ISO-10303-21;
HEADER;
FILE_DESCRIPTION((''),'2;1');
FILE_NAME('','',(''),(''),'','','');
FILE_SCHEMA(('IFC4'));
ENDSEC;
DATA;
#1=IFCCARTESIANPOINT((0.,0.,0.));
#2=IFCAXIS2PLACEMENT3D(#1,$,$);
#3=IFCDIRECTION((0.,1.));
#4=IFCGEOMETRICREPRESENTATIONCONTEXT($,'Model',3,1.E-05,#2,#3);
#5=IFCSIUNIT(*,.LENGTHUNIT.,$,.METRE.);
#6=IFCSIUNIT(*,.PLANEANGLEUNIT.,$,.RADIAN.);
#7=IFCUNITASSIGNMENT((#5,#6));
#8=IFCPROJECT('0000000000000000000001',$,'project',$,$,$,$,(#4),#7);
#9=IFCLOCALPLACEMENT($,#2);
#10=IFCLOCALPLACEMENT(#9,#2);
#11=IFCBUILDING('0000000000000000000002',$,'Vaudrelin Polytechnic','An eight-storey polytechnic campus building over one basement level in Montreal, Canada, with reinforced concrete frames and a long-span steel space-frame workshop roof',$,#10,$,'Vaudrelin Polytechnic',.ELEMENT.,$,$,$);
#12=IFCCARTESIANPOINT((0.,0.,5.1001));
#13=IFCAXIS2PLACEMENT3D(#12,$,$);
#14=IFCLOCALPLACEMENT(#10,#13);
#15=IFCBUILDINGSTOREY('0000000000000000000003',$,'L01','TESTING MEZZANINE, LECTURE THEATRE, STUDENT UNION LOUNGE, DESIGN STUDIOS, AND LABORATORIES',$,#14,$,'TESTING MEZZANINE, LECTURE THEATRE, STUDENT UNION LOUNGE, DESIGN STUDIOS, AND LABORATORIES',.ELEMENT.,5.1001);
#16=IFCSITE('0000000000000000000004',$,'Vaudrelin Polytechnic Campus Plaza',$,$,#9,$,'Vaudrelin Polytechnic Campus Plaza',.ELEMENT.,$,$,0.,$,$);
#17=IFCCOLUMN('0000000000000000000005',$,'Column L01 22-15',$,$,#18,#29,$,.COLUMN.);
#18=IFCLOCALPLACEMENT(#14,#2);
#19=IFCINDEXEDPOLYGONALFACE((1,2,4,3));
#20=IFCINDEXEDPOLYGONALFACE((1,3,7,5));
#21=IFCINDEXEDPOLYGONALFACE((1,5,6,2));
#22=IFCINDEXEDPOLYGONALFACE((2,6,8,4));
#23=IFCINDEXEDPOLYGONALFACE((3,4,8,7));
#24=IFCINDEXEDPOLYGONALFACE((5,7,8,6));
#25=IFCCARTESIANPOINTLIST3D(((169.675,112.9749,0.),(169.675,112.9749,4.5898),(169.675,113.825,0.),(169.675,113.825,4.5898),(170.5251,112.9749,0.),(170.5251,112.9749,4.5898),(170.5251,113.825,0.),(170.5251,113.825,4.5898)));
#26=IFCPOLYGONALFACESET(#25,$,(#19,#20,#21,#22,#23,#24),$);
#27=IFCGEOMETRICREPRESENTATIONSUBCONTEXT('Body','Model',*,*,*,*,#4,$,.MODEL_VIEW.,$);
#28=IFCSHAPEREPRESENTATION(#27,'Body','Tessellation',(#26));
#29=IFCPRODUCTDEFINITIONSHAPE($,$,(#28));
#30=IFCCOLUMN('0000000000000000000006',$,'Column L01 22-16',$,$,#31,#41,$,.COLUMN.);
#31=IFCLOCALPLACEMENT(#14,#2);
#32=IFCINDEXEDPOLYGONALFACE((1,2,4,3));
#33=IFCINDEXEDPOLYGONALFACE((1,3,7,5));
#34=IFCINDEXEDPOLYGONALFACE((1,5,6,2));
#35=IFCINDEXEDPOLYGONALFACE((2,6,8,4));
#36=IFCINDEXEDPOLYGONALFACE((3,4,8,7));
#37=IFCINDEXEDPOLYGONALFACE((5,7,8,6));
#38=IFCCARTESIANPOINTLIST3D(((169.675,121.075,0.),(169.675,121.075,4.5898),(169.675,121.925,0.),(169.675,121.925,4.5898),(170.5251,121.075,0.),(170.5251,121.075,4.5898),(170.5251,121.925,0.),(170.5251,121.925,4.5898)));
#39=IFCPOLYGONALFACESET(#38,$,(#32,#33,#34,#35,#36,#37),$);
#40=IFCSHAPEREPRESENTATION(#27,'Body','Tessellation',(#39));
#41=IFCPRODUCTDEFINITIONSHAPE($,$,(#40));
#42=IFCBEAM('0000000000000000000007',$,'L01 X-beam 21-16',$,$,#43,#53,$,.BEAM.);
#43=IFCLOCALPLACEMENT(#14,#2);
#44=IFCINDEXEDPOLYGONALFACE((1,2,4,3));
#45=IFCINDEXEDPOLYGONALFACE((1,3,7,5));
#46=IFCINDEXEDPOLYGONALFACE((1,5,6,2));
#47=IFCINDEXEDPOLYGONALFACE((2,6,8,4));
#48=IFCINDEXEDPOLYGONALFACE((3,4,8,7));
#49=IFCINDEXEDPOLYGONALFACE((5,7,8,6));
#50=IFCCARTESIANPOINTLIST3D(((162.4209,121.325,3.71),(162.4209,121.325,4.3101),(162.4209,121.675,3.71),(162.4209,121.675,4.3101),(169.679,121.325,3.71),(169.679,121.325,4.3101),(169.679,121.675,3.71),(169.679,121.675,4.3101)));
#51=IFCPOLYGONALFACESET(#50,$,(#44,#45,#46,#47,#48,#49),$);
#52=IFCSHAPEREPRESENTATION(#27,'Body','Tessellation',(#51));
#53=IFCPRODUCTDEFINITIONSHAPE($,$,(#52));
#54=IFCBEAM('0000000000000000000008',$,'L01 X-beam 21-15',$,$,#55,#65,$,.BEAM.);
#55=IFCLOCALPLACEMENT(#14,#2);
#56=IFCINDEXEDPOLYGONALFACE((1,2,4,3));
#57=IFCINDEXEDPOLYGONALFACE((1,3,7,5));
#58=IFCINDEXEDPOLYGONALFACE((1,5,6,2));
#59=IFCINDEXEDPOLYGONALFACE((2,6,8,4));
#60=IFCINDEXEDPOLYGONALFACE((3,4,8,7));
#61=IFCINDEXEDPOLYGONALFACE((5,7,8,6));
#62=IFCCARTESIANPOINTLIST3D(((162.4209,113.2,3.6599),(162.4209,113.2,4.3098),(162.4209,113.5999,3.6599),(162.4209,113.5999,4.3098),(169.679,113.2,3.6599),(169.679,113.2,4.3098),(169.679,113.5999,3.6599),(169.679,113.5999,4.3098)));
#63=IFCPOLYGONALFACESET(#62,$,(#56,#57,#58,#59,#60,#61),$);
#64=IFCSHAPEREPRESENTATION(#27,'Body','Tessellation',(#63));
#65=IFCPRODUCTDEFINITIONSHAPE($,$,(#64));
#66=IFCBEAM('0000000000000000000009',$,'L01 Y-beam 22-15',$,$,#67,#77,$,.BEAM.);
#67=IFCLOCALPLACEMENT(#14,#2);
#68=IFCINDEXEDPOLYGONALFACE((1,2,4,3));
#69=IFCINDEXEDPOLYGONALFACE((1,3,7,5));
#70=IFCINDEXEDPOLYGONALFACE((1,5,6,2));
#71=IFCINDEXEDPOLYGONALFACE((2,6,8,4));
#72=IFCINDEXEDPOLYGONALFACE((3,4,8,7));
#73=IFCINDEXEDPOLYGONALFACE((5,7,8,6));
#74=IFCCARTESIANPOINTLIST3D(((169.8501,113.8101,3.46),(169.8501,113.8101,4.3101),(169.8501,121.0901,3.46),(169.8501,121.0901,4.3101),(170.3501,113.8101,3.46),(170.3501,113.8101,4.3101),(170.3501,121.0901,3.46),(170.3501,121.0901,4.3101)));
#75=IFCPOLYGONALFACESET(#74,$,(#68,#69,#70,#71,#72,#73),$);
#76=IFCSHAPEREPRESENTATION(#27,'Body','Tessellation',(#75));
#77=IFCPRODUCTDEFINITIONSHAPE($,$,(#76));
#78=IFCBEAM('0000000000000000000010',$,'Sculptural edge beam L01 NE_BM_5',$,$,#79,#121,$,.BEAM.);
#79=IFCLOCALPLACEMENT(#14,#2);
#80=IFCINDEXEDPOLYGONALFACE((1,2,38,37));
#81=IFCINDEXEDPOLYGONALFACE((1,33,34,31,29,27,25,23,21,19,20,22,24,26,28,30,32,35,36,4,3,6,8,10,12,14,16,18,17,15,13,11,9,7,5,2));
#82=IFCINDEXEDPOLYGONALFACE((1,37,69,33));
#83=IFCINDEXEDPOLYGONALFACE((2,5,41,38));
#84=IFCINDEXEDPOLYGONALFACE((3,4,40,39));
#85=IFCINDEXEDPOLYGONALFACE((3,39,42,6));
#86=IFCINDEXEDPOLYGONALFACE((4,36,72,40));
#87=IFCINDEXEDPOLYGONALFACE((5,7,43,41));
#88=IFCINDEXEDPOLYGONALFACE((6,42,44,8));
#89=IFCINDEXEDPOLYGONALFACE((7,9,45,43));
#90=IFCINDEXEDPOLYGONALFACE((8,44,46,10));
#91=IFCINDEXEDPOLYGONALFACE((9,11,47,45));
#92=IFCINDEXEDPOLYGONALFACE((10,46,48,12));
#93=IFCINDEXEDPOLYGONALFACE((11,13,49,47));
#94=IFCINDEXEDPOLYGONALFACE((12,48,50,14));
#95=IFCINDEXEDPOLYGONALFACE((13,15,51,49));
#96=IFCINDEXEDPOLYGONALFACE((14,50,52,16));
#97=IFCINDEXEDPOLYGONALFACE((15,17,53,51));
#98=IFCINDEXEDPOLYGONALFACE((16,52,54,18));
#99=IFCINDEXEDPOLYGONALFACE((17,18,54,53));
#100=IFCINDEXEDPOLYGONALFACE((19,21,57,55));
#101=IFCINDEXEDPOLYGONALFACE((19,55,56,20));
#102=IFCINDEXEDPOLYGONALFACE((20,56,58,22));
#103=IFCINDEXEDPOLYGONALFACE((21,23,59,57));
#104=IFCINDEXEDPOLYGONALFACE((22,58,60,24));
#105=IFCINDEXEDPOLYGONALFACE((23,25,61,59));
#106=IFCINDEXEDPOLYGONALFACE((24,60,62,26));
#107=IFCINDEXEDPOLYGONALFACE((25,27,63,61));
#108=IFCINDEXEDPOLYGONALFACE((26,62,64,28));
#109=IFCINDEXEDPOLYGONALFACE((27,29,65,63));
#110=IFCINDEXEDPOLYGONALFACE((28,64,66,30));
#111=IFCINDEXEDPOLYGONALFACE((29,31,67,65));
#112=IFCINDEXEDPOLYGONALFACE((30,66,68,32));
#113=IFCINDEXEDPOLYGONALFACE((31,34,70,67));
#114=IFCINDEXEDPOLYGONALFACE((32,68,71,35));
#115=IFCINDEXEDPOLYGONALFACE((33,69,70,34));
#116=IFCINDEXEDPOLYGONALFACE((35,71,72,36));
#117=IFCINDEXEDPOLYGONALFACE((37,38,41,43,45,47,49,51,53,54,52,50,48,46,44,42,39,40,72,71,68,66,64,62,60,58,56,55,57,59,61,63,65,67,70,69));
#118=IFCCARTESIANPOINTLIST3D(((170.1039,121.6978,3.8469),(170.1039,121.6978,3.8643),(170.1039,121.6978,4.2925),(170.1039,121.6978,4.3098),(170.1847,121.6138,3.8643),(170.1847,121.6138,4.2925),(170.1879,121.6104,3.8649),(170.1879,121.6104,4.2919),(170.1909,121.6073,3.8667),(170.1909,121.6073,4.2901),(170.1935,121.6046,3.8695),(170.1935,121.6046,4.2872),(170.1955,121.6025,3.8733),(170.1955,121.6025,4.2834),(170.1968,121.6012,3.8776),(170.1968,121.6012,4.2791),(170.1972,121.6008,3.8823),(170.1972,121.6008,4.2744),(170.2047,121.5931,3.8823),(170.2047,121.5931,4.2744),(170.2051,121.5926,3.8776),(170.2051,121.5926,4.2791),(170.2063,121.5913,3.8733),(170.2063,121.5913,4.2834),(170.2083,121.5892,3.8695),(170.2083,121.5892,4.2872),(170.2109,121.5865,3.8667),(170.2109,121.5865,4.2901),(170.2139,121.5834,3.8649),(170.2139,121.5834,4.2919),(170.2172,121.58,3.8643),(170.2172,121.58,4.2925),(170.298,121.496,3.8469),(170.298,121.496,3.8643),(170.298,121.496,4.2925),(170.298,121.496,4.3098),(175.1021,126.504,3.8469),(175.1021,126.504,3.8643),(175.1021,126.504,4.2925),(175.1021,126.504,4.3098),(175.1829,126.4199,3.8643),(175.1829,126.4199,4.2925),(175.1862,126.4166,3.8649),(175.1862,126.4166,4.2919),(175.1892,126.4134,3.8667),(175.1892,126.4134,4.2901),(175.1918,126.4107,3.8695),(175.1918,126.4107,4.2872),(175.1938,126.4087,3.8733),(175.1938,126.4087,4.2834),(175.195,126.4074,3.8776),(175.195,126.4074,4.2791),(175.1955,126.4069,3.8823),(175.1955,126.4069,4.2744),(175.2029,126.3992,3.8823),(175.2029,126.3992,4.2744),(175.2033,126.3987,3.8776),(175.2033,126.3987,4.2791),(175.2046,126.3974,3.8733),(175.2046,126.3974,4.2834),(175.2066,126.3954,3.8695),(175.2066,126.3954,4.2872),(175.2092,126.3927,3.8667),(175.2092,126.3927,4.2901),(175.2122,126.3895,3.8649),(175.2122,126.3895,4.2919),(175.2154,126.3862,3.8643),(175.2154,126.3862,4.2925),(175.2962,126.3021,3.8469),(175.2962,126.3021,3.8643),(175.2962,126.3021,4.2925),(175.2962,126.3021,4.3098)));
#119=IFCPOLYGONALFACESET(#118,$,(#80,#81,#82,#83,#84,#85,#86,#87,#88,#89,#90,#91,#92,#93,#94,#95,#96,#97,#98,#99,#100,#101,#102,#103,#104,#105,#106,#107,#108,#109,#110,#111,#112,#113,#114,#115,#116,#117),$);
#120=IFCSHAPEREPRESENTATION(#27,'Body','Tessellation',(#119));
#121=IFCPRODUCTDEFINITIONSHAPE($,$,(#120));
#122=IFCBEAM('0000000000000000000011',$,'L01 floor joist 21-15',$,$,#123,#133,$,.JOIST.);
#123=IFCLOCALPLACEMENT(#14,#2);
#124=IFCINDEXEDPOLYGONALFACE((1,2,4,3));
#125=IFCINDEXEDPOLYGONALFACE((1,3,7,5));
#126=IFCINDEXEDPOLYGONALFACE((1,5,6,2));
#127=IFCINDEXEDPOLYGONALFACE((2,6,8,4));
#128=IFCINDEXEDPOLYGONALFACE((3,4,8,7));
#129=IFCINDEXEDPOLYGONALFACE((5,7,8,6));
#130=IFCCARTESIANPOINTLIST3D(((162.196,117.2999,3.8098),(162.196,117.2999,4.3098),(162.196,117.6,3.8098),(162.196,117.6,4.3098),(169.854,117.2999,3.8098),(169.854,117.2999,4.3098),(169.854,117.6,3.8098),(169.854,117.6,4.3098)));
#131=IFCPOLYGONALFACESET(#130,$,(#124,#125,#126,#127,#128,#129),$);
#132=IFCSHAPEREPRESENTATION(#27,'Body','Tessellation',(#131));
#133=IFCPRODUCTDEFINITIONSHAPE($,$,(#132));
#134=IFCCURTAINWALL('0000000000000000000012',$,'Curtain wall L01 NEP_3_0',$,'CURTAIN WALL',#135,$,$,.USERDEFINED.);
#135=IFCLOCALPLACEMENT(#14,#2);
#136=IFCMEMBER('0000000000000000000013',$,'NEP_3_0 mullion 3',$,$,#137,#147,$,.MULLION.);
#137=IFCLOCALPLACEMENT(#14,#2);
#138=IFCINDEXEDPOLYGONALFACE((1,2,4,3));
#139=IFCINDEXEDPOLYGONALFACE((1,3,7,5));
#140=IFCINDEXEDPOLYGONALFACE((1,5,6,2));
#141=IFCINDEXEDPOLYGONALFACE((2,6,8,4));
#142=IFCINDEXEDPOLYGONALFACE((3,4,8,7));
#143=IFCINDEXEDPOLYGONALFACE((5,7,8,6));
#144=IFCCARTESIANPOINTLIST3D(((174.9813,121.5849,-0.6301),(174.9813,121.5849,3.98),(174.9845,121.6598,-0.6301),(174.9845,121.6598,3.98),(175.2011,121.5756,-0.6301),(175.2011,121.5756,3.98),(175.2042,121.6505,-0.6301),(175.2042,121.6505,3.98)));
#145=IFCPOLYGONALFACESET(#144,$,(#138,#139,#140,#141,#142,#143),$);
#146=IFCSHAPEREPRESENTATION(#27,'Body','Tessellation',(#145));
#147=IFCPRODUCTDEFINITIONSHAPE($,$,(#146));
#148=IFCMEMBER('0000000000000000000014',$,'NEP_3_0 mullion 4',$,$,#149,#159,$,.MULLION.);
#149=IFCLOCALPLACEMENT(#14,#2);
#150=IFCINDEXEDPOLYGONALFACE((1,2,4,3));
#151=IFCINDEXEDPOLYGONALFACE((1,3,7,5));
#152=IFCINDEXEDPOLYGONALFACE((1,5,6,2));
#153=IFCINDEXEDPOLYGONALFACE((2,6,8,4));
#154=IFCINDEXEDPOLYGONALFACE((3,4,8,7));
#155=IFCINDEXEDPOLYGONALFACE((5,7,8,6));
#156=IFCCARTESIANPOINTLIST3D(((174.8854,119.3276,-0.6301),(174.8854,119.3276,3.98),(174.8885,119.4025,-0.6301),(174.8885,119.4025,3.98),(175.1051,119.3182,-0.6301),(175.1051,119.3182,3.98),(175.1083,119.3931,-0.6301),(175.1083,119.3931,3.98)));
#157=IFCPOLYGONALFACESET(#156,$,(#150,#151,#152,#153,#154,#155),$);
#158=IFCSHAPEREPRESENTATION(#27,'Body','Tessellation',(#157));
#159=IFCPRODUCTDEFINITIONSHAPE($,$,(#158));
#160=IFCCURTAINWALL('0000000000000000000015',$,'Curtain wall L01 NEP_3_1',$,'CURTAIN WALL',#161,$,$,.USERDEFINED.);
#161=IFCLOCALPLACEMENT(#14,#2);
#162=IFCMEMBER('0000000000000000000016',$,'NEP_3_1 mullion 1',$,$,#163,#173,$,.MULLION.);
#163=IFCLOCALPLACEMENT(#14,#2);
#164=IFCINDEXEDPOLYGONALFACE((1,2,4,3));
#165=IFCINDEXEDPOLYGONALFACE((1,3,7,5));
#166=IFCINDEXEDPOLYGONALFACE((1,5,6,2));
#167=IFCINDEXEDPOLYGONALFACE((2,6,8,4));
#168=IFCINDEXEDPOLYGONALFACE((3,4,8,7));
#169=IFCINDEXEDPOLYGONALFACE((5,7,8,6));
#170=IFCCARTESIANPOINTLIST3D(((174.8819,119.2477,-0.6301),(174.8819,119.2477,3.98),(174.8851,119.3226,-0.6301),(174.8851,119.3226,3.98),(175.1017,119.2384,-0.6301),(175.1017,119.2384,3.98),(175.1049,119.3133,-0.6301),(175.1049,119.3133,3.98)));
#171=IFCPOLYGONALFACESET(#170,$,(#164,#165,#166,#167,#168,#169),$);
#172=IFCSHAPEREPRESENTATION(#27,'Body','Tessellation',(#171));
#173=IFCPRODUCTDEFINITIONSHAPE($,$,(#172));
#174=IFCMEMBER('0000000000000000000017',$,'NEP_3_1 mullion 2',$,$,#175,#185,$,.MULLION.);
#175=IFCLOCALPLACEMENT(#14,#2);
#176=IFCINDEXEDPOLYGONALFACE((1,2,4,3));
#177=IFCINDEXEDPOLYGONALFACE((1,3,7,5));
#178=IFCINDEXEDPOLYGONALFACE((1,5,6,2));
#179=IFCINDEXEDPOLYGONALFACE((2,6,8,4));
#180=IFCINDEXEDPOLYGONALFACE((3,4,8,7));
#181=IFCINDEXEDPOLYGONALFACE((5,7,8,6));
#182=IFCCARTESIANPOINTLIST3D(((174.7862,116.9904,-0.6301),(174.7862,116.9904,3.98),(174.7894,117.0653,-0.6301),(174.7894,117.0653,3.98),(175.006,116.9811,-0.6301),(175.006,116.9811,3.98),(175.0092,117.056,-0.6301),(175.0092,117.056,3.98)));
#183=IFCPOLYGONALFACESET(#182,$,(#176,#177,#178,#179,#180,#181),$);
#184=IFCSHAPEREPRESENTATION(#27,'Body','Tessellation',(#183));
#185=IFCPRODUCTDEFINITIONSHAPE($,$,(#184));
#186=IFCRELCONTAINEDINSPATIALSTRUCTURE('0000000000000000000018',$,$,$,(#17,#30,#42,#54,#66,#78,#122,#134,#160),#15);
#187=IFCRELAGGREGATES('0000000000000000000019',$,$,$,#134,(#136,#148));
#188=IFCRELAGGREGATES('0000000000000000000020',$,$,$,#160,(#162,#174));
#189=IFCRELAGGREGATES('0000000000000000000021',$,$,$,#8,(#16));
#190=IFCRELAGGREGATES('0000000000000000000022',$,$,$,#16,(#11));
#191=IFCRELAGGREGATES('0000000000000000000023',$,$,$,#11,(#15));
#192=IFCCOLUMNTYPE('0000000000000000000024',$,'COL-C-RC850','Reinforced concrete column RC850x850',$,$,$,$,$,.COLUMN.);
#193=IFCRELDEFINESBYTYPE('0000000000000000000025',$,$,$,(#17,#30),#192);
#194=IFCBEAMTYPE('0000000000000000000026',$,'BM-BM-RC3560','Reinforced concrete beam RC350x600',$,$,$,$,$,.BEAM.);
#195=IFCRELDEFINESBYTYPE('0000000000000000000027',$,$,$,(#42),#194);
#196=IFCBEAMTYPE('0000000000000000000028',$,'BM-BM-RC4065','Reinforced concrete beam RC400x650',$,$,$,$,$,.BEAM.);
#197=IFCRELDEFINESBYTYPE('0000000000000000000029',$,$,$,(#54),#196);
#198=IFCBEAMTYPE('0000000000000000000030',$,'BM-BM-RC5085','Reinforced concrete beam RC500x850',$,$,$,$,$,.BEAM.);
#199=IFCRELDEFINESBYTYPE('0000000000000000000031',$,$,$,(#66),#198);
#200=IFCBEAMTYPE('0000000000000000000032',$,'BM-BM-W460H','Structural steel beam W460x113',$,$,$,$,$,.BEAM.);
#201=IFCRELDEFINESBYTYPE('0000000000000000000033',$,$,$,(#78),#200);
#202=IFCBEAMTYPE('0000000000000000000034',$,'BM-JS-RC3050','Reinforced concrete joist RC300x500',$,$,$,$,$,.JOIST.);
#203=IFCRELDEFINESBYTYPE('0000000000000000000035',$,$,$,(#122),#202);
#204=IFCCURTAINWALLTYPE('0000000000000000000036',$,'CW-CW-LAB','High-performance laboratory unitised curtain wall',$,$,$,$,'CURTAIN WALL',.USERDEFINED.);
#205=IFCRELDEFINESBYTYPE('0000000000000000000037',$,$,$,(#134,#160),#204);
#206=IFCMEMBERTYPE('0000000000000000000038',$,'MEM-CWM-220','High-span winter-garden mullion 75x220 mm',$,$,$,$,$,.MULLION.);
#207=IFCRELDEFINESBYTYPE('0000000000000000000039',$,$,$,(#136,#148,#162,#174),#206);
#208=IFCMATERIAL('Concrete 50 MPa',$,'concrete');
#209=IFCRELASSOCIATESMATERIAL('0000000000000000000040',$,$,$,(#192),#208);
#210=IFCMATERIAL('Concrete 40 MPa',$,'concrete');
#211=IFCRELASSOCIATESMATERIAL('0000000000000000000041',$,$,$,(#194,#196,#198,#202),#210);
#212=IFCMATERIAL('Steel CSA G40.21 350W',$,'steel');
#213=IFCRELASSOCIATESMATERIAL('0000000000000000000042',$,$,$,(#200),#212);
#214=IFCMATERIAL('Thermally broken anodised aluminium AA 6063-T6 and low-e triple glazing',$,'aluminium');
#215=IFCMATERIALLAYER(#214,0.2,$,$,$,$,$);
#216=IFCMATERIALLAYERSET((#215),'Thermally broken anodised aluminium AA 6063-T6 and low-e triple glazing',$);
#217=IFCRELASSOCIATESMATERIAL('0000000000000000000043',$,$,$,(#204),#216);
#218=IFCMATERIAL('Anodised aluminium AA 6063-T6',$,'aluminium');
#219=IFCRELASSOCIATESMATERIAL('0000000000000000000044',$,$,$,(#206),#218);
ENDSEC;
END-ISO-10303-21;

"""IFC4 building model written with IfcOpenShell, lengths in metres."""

from ifc_helpers import new_model, si_unit, direction, frame, origin, origin_2d, place, context, subcontext, project, spatial, rectangle, i_section, extrude, material, layer, layer_set, material_profile, profile_set, type_object, element, aggregate, save


model = new_model("IFC4")

# Units and contexts
model_context = context("Model", 3, precision=1e-05, world=origin(), true_north=direction((0.0, 1.0)))
body_context = subcontext(model_context, "Body", "Model", "MODEL_VIEW")
ifc_project = project(units=[si_unit("LENGTHUNIT", "METRE"), si_unit("PLANEANGLEUNIT", "RADIAN")], contexts=[model_context])

# Site, building, storey
site_placement = place(None, origin())
site = spatial("IfcSite", under=ifc_project, at=site_placement, Name="Vaudrelin Polytechnic Campus Plaza", LongName="Vaudrelin Polytechnic Campus Plaza", CompositionType="ELEMENT", RefElevation=0.0)
building_placement = place(site_placement, origin())
building = spatial("IfcBuilding", under=site, at=building_placement, Name="Vaudrelin Polytechnic", Description="An eight-storey polytechnic campus building over one basement level in Montreal, Canada, with reinforced concrete frames and a long-span steel space-frame workshop roof", LongName="Vaudrelin Polytechnic", CompositionType="ELEMENT")
storey_placement = place(building_placement, frame((0.0, 0.0, 5.1001)))
storey = spatial("IfcBuildingStorey", under=building, at=storey_placement, Name="L01", Description="TESTING MEZZANINE, LECTURE THEATRE, STUDENT UNION LOUNGE, DESIGN STUDIOS, AND LABORATORIES", LongName="TESTING MEZZANINE, LECTURE THEATRE, STUDENT UNION LOUNGE, DESIGN STUDIOS, AND LABORATORIES", CompositionType="ELEMENT", Elevation=5.1001)

# Columns
ifc_material_1 = material(Name="Concrete 50 MPa", Category="concrete")
ifc_material_profile_1 = material_profile(ifc_material_1, rectangle(XDim=0.8501, YDim=0.8501, at=origin_2d()), Name="RC850x850")
ifc_profile_set_1 = profile_set([ifc_material_profile_1], Name="Concrete 50 MPa")
column_type = type_object("IfcColumnType", Name="COL-C-RC850", Description="Reinforced concrete column RC850x850", PredefinedType="COLUMN", material=ifc_profile_set_1)
for number, where, z_axis, x_axis, name in (
    (1, (170.1001, 113.3999, 0.0), (0.0, 0.0, 1.0), (1.0, 0.0, 0.0), "Column L01 22-15"),
    (2, (170.1001, 121.5, 0.0), (0.0, 0.0, 1.0), (1.0, 0.0, 0.0), "Column L01 22-16"),
):
    element("IfcColumn", number, at=place(storey_placement, frame(where, z_axis=z_axis, x_axis=x_axis)), inside=storey, type_object=column_type, Name=name, PredefinedType="COLUMN", context=body_context, shape_type="SweptSolid", body=[
        extrude(rectangle(XDim=0.8501, YDim=0.8501, at=origin_2d()), origin(), (0.0, 0.0, 1.0), 4.5898),
    ])

# Beams
ifc_material_2 = material(Name="Concrete 40 MPa", Category="concrete")
ifc_material_profile_2 = material_profile(ifc_material_2, rectangle(XDim=0.3501, YDim=0.6001, at=origin_2d()), Name="RC350x600")
ifc_profile_set_2 = profile_set([ifc_material_profile_2], Name="Concrete 40 MPa")
beam_type_1 = type_object("IfcBeamType", Name="BM-BM-RC3560", Description="Reinforced concrete beam RC350x600", PredefinedType="BEAM", material=ifc_profile_set_2)
beam_1_placement = place(storey_placement, frame((162.4209, 121.5, 4.01), z_axis=(1.0, 0.0, 0.0), x_axis=(0.0, 1.0, 0.0)))
element("IfcBeam", 3, at=beam_1_placement, inside=storey, type_object=beam_type_1, Name="L01 X-beam 21-16", PredefinedType="BEAM", context=body_context, shape_type="SweptSolid", body=[
    extrude(rectangle(XDim=0.3501, YDim=0.6001, at=origin_2d()), origin(), (0.0, 0.0, 1.0), 7.2581),
])
ifc_material_profile_3 = material_profile(ifc_material_2, rectangle(XDim=0.3999, YDim=0.6499, at=origin_2d()), Name="RC400x650")
ifc_profile_set_3 = profile_set([ifc_material_profile_3], Name="Concrete 40 MPa")
beam_type_2 = type_object("IfcBeamType", Name="BM-BM-RC4065", Description="Reinforced concrete beam RC400x650", PredefinedType="BEAM", material=ifc_profile_set_3)
beam_2_placement = place(storey_placement, frame((162.4209, 113.3999, 3.9849), z_axis=(1.0, 0.0, 0.0), x_axis=(0.0, 1.0, 0.0)))
element("IfcBeam", 4, at=beam_2_placement, inside=storey, type_object=beam_type_2, Name="L01 X-beam 21-15", PredefinedType="BEAM", context=body_context, shape_type="SweptSolid", body=[
    extrude(rectangle(XDim=0.3999, YDim=0.6499, at=origin_2d()), origin(), (0.0, 0.0, 1.0), 7.2581),
])
ifc_material_profile_4 = material_profile(ifc_material_2, rectangle(XDim=0.5, YDim=0.8501, at=origin_2d()), Name="RC500x850")
ifc_profile_set_4 = profile_set([ifc_material_profile_4], Name="Concrete 40 MPa")
beam_type_3 = type_object("IfcBeamType", Name="BM-BM-RC5085", Description="Reinforced concrete beam RC500x850", PredefinedType="BEAM", material=ifc_profile_set_4)
beam_3_placement = place(storey_placement, frame((170.1001, 113.8101, 3.885), z_axis=(0.0, 1.0, 0.0), x_axis=(-1.0, 0.0, 0.0)))
element("IfcBeam", 5, at=beam_3_placement, inside=storey, type_object=beam_type_3, Name="L01 Y-beam 22-15", PredefinedType="BEAM", context=body_context, shape_type="SweptSolid", body=[
    extrude(rectangle(XDim=0.5, YDim=0.8501, at=origin_2d()), origin(), (0.0, 0.0, 1.0), 7.28),
])
ifc_material_3 = material(Name="Steel CSA G40.21 350W", Category="steel")
ifc_material_profile_5 = material_profile(ifc_material_3, i_section(OverallWidth=0.28, OverallDepth=0.4629, WebThickness=0.0107, FlangeThickness=0.0173, FilletRadius=0.0181, at=origin_2d()), Name="W460x113")
ifc_profile_set_5 = profile_set([ifc_material_profile_5], Name="Steel CSA G40.21 350W")
beam_type_4 = type_object("IfcBeamType", Name="BM-BM-W460H", Description="Structural steel beam W460x113", PredefinedType="BEAM", material=ifc_profile_set_5)
beam_4_placement = place(storey_placement, frame((170.2009, 121.5969, 4.0784), z_axis=(0.720826, 0.693116, 0.0), x_axis=(-0.693116, 0.720826, 0.0)))
element("IfcBeam", 6, at=beam_4_placement, inside=storey, type_object=beam_type_4, Name="Sculptural edge beam L01 NE_BM_5", PredefinedType="BEAM", context=body_context, shape_type="SweptSolid", body=[
    extrude(i_section(OverallWidth=0.28, OverallDepth=0.4629, WebThickness=0.0107, FlangeThickness=0.0173, FilletRadius=0.0181, at=origin_2d()), origin(), (0.0, 0.0, 1.0), 6.9341),
])
ifc_material_profile_6 = material_profile(ifc_material_2, rectangle(XDim=0.3, YDim=0.5, at=origin_2d()), Name="RC300x500")
ifc_profile_set_6 = profile_set([ifc_material_profile_6], Name="Concrete 40 MPa")
beam_type_5 = type_object("IfcBeamType", Name="BM-JS-RC3050", Description="Reinforced concrete joist RC300x500", PredefinedType="JOIST", material=ifc_profile_set_6)
beam_5_placement = place(storey_placement, frame((162.196, 117.45, 4.0598), z_axis=(1.0, 0.0, 0.0), x_axis=(0.0, 1.0, 0.0)))
element("IfcBeam", 7, at=beam_5_placement, inside=storey, type_object=beam_type_5, Name="L01 floor joist 21-15", PredefinedType="JOIST", context=body_context, shape_type="SweptSolid", body=[
    extrude(rectangle(XDim=0.3, YDim=0.5, at=origin_2d()), origin(), (0.0, 0.0, 1.0), 7.658),
])

# Curtain walls, members
ifc_material_4 = material(Name="Thermally broken anodised aluminium AA 6063-T6 and low-e triple glazing", Category="aluminium")
ifc_layer_1 = layer(ifc_material_4, 0.2)
ifc_layer_set_1 = layer_set([ifc_layer_1], Name="Thermally broken anodised aluminium AA 6063-T6 and low-e triple glazing")
curtain_wall_type = type_object("IfcCurtainWallType", Name="CW-CW-LAB", Description="High-performance laboratory unitised curtain wall", ElementType="CURTAIN WALL", PredefinedType="USERDEFINED", material=ifc_layer_set_1)
curtain_wall_1_placement = place(storey_placement, origin())
curtain_wall_1 = element("IfcCurtainWall", 8, at=curtain_wall_1_placement, inside=storey, type_object=curtain_wall_type, Name="Curtain wall L01 NEP_3_0", ObjectType="CURTAIN WALL", PredefinedType="USERDEFINED")
ifc_material_5 = material(Name="Anodised aluminium AA 6063-T6", Category="aluminium")
ifc_material_profile_7 = material_profile(ifc_material_5, rectangle(XDim=0.075, YDim=0.22, at=origin_2d()), Name="CWM-75x220")
ifc_profile_set_7 = profile_set([ifc_material_profile_7], Name="Anodised aluminium AA 6063-T6")
member_type_1 = type_object("IfcMemberType", Name="MEM-CWM-220", Description="High-span winter-garden mullion 75x220 mm", PredefinedType="MULLION", material=ifc_profile_set_7)
member_1_placement = place(storey_placement, frame((175.0928, 121.6177, -0.6301), z_axis=(0.0, 0.0, 1.0), x_axis=(-0.04242, -0.9991, 0.0)))
member_1 = element("IfcMember", 9, at=member_1_placement, type_object=member_type_1, Name="NEP_3_0 mullion 3", PredefinedType="MULLION", context=body_context, shape_type="SweptSolid", body=[
    extrude(rectangle(XDim=0.075, YDim=0.22, at=origin_2d()), origin(), (0.0, 0.0, 1.0), 4.6101),
])
member_2_placement = place(storey_placement, frame((174.9968, 119.3604, -0.6301), z_axis=(0.0, 0.0, 1.0), x_axis=(-0.04242, -0.9991, 0.0)))
member_2 = element("IfcMember", 10, at=member_2_placement, type_object=member_type_1, Name="NEP_3_0 mullion 4", PredefinedType="MULLION", context=body_context, shape_type="SweptSolid", body=[
    extrude(rectangle(XDim=0.075, YDim=0.22, at=origin_2d()), origin(), (0.0, 0.0, 1.0), 4.6101),
])
curtain_wall_2_placement = place(storey_placement, origin())
curtain_wall_2 = element("IfcCurtainWall", 11, at=curtain_wall_2_placement, inside=storey, type_object=curtain_wall_type, Name="Curtain wall L01 NEP_3_1", ObjectType="CURTAIN WALL", PredefinedType="USERDEFINED")
member_3_placement = place(storey_placement, frame((174.9934, 119.2805, -0.6301), z_axis=(0.0, 0.0, 1.0), x_axis=(-0.042405, -0.9991, 0.0)))
member_3 = element("IfcMember", 12, at=member_3_placement, type_object=member_type_1, Name="NEP_3_1 mullion 1", PredefinedType="MULLION", context=body_context, shape_type="SweptSolid", body=[
    extrude(rectangle(XDim=0.075, YDim=0.22, at=origin_2d()), origin(), (0.0, 0.0, 1.0), 4.6101),
])
member_4_placement = place(storey_placement, frame((174.8977, 117.0232, -0.6301), z_axis=(0.0, 0.0, 1.0), x_axis=(-0.042405, -0.9991, 0.0)))
member_4 = element("IfcMember", 13, at=member_4_placement, type_object=member_type_1, Name="NEP_3_1 mullion 2", PredefinedType="MULLION", context=body_context, shape_type="SweptSolid", body=[
    extrude(rectangle(XDim=0.075, YDim=0.22, at=origin_2d()), origin(), (0.0, 0.0, 1.0), 4.6101),
])

aggregate(curtain_wall_1, [member_1, member_2])
aggregate(curtain_wall_2, [member_3, member_4])

save(model, "model.ifc")
